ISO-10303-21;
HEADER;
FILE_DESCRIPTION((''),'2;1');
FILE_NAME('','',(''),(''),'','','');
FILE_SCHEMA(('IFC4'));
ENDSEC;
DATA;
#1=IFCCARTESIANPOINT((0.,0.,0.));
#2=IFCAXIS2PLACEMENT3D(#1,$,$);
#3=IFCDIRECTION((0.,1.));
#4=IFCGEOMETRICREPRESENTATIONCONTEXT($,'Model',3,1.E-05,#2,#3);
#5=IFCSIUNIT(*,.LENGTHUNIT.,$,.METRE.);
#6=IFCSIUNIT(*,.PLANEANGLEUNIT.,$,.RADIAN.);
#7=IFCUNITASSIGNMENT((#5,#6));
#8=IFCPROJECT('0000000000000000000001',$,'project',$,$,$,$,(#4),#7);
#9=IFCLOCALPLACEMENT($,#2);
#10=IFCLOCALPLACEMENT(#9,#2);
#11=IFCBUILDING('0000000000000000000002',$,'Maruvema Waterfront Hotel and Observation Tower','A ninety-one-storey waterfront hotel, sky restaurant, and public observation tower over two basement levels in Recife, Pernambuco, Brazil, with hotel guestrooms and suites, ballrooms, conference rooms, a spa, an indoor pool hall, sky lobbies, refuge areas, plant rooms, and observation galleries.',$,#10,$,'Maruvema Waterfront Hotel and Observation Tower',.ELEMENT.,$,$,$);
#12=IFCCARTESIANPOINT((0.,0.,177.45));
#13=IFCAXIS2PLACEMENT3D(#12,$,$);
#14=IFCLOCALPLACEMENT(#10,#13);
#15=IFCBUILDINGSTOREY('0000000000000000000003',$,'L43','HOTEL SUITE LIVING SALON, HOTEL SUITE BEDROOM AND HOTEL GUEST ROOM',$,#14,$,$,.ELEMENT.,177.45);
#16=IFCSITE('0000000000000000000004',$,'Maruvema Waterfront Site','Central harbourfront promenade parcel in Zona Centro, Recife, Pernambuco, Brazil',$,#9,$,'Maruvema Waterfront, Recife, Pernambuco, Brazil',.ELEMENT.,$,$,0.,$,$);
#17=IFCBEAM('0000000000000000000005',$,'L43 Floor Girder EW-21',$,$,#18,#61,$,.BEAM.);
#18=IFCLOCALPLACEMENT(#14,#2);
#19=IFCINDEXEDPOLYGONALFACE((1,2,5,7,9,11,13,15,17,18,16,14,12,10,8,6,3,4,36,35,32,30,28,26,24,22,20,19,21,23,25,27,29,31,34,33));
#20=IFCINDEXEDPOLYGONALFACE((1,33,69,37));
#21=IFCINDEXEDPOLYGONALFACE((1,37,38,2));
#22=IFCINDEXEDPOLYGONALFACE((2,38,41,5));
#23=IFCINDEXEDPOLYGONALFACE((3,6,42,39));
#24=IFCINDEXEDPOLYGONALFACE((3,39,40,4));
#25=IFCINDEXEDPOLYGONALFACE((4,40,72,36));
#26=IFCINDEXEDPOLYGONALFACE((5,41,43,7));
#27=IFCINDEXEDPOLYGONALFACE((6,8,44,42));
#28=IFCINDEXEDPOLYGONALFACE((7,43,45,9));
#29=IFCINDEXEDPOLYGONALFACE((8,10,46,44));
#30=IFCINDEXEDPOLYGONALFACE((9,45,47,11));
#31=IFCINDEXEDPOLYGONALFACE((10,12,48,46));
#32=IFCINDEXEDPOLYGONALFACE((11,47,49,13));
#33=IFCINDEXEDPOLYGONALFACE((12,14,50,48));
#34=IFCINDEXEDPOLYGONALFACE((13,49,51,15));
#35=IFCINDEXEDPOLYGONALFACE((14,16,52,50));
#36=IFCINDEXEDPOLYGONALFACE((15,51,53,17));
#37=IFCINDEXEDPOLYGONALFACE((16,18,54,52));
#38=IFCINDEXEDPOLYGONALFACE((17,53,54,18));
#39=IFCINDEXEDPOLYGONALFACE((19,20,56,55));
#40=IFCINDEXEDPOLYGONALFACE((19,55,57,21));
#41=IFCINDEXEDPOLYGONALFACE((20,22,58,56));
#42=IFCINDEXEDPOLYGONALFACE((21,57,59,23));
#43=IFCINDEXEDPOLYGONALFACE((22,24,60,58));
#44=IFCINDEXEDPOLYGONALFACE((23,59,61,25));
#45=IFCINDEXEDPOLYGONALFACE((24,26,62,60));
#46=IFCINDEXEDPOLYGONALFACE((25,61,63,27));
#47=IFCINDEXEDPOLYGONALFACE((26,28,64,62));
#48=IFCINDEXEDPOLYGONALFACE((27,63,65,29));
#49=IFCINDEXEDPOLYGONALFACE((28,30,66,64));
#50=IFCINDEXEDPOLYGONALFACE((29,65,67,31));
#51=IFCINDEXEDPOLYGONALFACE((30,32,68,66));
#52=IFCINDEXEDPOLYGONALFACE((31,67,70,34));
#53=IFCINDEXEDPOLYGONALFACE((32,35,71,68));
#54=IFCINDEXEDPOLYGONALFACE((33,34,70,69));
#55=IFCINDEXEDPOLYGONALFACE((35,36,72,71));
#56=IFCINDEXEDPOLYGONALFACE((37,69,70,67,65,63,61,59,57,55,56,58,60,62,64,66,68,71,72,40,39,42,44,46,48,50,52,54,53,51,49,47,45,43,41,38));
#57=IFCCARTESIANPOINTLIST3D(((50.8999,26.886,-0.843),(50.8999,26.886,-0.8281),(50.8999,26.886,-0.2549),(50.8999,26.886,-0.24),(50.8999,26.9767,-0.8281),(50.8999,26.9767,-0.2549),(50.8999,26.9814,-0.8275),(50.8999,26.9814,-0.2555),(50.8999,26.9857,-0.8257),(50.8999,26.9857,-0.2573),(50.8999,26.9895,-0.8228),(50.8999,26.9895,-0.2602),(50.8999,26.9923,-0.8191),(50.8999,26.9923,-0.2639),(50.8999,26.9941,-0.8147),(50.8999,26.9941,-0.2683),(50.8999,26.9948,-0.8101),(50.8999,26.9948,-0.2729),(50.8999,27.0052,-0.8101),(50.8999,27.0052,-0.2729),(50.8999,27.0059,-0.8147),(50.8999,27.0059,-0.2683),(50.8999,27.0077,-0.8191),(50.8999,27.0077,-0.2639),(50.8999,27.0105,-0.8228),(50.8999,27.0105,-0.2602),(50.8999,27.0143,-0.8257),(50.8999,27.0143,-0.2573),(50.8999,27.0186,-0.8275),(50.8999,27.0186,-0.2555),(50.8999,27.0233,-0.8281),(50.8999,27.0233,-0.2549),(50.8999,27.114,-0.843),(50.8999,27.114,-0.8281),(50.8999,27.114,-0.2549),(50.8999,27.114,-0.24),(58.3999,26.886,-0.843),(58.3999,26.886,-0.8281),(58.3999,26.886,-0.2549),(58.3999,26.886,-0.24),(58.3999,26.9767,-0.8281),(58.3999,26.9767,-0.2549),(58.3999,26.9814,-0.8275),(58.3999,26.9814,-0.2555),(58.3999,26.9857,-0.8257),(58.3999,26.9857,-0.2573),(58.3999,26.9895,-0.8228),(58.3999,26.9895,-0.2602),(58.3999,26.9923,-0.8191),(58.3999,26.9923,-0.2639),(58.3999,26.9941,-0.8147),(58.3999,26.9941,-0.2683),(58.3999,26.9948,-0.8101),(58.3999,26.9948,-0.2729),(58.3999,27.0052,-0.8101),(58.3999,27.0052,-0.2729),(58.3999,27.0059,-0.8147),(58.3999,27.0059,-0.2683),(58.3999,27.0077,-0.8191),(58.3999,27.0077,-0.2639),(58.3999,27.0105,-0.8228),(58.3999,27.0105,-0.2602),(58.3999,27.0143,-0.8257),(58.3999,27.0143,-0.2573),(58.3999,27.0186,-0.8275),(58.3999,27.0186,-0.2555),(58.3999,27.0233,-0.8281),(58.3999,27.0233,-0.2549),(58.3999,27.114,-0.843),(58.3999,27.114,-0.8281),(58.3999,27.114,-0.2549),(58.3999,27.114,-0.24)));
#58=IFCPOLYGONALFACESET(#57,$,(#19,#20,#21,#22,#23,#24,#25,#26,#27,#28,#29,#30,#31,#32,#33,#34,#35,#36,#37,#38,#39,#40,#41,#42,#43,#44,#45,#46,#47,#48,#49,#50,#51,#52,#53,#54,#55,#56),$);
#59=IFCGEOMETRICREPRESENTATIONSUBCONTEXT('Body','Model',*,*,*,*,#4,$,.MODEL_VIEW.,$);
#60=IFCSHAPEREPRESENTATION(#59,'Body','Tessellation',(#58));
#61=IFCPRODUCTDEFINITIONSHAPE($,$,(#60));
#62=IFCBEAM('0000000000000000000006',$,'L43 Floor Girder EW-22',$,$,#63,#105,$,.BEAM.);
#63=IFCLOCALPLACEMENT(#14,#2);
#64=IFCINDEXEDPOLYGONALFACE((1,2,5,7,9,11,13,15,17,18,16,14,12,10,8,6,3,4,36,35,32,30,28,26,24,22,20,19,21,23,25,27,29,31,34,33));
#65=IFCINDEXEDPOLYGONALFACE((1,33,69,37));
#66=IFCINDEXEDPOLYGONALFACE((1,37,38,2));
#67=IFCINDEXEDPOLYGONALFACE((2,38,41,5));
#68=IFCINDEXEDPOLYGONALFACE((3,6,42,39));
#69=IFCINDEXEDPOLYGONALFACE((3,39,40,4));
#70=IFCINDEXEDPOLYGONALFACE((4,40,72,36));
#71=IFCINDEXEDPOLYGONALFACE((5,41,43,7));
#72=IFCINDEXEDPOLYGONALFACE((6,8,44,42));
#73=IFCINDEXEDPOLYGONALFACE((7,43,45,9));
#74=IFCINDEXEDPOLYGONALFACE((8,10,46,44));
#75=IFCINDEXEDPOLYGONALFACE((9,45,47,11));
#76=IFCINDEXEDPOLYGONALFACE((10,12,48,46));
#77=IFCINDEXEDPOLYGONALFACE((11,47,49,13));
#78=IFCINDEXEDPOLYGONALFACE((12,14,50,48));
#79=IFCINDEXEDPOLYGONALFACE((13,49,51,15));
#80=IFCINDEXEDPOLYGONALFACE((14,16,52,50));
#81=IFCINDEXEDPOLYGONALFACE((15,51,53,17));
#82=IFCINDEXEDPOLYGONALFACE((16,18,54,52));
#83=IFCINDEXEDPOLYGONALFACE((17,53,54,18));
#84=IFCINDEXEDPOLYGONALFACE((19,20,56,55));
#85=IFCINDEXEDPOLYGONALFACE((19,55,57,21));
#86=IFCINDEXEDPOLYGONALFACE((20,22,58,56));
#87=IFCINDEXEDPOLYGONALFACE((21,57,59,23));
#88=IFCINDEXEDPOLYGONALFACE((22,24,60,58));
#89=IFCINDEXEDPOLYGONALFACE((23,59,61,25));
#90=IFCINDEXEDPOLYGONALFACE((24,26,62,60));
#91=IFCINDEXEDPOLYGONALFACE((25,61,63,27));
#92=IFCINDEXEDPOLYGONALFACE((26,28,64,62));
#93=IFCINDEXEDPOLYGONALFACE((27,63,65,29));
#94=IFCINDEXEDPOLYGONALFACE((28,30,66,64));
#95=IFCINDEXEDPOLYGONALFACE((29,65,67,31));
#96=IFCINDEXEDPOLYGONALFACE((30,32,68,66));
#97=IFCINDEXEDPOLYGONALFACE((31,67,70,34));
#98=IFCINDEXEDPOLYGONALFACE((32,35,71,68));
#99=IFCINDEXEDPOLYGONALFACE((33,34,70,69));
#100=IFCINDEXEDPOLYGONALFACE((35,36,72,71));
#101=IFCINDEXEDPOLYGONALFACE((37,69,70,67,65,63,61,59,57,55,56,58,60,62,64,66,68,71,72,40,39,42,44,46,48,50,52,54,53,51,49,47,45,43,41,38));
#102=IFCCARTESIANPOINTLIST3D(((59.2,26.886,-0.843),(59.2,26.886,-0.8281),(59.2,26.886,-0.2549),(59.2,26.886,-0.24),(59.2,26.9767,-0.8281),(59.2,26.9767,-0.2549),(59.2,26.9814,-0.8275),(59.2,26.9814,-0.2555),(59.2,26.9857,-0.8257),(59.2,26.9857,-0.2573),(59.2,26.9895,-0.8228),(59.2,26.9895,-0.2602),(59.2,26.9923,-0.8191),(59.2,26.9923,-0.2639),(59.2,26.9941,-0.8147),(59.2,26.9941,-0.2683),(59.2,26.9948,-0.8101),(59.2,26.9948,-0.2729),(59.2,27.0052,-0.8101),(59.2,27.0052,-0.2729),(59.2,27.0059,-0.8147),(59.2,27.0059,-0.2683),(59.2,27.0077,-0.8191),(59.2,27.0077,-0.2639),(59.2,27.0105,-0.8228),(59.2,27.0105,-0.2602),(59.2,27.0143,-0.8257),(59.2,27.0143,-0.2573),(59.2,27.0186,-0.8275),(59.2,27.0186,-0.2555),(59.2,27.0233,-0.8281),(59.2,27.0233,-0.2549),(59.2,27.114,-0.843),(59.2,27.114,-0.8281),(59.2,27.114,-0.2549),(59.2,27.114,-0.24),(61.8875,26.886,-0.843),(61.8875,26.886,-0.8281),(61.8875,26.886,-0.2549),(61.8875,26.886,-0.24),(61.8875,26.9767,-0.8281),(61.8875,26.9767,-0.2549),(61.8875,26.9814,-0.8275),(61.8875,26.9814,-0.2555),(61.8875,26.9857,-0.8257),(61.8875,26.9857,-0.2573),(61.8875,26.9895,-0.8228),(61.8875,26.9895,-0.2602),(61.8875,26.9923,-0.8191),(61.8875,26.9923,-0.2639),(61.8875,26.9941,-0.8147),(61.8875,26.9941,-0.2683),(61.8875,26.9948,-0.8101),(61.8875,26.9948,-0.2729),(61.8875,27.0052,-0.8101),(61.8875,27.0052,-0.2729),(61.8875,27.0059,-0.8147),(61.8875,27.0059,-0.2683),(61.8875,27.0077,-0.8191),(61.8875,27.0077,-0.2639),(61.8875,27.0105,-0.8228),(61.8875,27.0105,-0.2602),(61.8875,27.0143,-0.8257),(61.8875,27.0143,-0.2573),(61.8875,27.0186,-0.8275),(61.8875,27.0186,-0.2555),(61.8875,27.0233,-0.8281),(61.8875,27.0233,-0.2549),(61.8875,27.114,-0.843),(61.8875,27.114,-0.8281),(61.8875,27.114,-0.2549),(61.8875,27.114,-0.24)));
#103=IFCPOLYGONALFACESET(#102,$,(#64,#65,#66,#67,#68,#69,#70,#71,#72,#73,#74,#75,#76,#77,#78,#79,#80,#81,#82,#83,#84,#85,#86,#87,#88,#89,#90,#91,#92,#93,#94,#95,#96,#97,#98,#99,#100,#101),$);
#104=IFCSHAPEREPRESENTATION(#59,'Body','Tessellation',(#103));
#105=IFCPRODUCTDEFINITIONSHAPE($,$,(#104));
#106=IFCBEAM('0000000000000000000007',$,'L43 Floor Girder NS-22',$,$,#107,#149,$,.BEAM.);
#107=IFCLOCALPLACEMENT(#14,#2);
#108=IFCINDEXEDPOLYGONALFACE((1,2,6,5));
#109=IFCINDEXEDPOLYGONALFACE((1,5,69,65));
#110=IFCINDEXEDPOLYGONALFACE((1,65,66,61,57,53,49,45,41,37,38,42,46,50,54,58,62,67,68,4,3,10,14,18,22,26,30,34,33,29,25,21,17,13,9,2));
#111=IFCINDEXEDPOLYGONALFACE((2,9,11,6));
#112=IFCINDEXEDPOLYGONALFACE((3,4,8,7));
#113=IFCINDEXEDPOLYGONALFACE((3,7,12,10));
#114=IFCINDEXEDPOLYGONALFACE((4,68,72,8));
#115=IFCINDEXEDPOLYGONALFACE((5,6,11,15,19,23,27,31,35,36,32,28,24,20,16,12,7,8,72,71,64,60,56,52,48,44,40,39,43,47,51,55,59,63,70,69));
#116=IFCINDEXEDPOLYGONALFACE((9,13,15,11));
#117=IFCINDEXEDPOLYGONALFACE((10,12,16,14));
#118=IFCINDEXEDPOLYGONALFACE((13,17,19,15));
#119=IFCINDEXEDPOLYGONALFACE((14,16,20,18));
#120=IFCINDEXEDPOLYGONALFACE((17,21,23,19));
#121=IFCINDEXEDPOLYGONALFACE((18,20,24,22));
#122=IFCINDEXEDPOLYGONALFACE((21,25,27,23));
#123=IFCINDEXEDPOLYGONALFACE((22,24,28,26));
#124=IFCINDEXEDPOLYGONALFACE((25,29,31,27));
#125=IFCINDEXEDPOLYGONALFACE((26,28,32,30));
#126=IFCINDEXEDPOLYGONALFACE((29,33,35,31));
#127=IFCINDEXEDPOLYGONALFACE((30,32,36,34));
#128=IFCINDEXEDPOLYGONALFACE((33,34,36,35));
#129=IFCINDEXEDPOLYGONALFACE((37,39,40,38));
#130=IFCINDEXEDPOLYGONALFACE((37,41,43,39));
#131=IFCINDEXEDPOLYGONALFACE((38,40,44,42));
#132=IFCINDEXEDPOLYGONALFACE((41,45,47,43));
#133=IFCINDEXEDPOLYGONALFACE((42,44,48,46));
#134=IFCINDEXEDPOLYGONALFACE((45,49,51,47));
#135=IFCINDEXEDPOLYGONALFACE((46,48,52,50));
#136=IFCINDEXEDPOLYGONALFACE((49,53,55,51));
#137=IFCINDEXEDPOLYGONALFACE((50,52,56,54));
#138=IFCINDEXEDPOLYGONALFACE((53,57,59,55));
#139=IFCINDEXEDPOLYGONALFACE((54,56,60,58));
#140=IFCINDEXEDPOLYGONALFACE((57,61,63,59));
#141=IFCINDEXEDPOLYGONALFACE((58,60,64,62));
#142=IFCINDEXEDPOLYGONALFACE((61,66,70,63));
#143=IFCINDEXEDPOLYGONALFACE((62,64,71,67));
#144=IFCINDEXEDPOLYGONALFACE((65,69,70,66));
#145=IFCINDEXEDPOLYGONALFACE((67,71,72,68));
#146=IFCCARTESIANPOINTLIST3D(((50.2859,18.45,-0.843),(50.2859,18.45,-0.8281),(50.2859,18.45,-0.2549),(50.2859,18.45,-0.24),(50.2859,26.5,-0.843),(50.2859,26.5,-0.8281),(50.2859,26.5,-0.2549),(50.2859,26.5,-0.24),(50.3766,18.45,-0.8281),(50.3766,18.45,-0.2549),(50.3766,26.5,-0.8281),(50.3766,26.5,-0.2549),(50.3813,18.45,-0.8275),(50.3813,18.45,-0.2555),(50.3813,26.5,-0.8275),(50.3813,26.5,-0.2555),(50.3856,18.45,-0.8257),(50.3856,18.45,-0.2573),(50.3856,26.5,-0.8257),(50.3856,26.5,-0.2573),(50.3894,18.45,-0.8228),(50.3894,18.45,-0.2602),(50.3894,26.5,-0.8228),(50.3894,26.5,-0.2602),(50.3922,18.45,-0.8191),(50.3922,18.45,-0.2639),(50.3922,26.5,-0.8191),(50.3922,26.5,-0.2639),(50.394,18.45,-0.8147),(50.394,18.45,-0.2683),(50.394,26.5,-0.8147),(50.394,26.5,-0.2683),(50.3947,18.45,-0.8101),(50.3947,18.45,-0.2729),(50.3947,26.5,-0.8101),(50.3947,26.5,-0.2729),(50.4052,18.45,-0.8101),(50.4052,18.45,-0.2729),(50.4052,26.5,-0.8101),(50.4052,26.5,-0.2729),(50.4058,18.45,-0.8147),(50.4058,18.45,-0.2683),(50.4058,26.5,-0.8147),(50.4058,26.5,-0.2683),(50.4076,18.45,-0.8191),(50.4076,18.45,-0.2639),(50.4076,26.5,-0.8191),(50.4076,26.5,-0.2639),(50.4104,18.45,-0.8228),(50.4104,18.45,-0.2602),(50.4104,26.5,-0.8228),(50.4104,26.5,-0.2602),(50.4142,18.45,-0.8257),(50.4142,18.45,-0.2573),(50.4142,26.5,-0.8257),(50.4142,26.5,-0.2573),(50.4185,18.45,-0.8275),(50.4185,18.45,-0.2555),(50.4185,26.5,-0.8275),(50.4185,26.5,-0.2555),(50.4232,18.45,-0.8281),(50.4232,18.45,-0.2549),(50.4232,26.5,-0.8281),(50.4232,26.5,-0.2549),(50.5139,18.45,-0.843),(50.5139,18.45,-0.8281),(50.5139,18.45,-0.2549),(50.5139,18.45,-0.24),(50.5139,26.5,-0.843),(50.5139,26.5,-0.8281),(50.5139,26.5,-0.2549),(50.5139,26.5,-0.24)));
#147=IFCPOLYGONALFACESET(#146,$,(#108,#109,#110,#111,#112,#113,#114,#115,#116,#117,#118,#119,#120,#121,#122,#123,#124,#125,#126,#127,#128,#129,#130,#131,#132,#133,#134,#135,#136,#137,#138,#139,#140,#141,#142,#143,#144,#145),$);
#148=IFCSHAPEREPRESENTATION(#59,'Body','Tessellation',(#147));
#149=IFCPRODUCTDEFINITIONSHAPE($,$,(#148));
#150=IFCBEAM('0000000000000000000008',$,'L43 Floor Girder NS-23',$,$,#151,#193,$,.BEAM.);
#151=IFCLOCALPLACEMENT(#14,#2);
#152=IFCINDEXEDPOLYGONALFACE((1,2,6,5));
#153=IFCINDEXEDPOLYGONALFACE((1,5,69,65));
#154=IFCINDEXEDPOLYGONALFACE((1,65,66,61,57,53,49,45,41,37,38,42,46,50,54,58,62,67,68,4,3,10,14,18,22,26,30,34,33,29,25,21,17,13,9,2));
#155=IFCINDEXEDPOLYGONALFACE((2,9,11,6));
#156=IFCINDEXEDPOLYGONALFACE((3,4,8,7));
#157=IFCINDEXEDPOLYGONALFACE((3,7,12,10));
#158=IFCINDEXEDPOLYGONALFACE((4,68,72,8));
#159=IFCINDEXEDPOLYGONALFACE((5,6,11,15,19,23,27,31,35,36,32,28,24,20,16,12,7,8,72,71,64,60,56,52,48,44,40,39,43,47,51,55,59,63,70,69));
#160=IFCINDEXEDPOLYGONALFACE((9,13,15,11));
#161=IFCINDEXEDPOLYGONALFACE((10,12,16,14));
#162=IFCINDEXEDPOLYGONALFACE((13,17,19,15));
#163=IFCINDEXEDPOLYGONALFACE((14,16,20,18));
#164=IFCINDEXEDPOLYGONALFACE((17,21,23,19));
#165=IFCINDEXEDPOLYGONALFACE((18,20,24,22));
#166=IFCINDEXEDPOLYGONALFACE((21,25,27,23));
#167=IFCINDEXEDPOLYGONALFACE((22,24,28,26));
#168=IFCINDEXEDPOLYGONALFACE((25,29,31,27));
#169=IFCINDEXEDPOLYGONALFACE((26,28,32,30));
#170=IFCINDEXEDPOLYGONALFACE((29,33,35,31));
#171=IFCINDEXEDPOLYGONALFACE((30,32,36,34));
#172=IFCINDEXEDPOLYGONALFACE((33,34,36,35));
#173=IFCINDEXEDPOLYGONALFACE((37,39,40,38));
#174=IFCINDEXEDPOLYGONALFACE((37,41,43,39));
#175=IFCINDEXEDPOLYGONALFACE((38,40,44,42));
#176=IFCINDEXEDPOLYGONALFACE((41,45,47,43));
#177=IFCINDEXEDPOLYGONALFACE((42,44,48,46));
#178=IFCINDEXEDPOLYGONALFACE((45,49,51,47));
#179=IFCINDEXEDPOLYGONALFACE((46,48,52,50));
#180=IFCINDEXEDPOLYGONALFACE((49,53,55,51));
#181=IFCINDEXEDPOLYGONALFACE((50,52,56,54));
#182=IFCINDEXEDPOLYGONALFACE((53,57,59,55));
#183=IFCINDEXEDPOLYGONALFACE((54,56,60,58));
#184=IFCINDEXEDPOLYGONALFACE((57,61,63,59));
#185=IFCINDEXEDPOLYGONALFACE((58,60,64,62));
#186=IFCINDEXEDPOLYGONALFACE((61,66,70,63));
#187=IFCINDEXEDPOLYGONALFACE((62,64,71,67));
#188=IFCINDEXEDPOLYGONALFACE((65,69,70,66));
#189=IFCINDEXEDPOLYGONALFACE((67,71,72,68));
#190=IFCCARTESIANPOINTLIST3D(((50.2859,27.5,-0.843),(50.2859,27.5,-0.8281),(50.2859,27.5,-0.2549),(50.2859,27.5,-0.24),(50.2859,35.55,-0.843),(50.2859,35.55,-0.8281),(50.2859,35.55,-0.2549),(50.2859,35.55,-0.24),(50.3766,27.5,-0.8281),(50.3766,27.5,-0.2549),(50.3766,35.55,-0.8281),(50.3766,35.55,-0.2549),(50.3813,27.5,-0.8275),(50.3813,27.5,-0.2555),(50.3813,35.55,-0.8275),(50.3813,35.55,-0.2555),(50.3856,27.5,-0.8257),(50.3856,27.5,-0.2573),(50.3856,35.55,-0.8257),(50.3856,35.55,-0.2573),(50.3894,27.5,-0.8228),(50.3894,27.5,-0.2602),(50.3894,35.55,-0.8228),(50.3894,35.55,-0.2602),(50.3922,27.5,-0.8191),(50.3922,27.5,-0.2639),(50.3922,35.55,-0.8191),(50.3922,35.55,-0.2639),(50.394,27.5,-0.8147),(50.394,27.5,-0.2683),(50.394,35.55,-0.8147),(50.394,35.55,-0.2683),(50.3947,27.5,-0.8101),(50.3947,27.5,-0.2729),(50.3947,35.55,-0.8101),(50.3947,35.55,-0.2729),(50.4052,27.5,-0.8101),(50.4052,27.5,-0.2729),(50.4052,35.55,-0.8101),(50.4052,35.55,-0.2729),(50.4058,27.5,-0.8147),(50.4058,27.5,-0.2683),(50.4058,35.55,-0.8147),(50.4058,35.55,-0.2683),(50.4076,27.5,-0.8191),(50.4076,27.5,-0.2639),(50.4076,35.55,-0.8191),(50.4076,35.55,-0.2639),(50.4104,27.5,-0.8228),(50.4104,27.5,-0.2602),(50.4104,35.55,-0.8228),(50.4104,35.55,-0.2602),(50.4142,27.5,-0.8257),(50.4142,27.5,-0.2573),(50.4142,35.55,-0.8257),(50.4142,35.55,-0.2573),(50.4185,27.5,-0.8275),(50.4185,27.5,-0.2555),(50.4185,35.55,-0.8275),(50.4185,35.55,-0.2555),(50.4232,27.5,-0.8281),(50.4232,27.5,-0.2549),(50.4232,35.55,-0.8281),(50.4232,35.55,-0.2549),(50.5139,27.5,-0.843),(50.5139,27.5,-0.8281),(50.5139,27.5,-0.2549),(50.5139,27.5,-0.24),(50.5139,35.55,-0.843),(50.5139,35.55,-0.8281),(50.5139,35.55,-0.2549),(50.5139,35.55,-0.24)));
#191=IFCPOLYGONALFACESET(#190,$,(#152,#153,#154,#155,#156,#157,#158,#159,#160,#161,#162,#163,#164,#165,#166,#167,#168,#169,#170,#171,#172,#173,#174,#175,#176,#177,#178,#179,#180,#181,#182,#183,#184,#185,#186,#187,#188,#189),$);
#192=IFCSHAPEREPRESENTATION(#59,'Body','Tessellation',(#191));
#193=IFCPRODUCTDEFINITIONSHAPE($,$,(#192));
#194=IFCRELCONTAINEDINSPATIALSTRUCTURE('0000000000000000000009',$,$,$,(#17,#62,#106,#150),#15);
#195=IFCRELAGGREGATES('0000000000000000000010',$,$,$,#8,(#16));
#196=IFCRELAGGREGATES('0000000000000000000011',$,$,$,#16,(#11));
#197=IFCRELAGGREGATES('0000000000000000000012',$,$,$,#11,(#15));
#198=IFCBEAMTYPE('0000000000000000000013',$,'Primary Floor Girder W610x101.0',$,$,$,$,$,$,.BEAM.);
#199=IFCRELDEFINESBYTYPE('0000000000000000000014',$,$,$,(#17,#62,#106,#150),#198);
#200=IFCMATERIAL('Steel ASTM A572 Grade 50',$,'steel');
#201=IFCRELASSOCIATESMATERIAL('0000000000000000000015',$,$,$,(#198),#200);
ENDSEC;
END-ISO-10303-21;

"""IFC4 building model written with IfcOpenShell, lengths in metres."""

from ifc_helpers import new_model, si_unit, direction, frame, origin, origin_2d, place, context, subcontext, project, spatial, i_section, extrude, material, material_profile, profile_set, type_object, element, save


model = new_model("IFC4")

# Units and contexts
model_context = context("Model", 3, precision=1e-05, world=origin(), true_north=direction((0.0, 1.0)))
body_context = subcontext(model_context, "Body", "Model", "MODEL_VIEW")
ifc_project = project(units=[si_unit("LENGTHUNIT", "METRE"), si_unit("PLANEANGLEUNIT", "RADIAN")], contexts=[model_context])

# Site, building, storey
site_placement = place(None, origin())
site = spatial("IfcSite", under=ifc_project, at=site_placement, Name="Maruvema Waterfront Site", Description="Central harbourfront promenade parcel in Zona Centro, Recife, Pernambuco, Brazil", LongName="Maruvema Waterfront, Recife, Pernambuco, Brazil", CompositionType="ELEMENT", RefElevation=0.0)
building_placement = place(site_placement, origin())
building = spatial("IfcBuilding", under=site, at=building_placement, Name="Maruvema Waterfront Hotel and Observation Tower", Description="A ninety-one-storey waterfront hotel, sky restaurant, and public observation tower over two basement levels in Recife, Pernambuco, Brazil, with hotel guestrooms and suites, ballrooms, conference rooms, a spa, an indoor pool hall, sky lobbies, refuge areas, plant rooms, and observation galleries.", LongName="Maruvema Waterfront Hotel and Observation Tower", CompositionType="ELEMENT")
storey_placement = place(building_placement, frame((0.0, 0.0, 177.45)))
storey = spatial("IfcBuildingStorey", under=building, at=storey_placement, Name="L43", Description="HOTEL SUITE LIVING SALON, HOTEL SUITE BEDROOM AND HOTEL GUEST ROOM", CompositionType="ELEMENT", Elevation=177.45)

# Beams
ifc_material_1 = material(Name="Steel ASTM A572 Grade 50", Category="steel")
ifc_material_profile_1 = material_profile(ifc_material_1, i_section(OverallWidth=0.228, OverallDepth=0.603, WebThickness=0.0105, FlangeThickness=0.0149, FilletRadius=0.0181, at=origin_2d()), Name="W610x101.0")
ifc_profile_set_1 = profile_set([ifc_material_profile_1], Name="Steel ASTM A572 Grade 50")
beam_type_1 = type_object("IfcBeamType", Name="Primary Floor Girder W610x101.0", PredefinedType="BEAM", material=ifc_profile_set_1)
beam_1_placement = place(storey_placement, frame((50.8999, 27.0, -0.5415), z_axis=(1.0, 0.0, 0.0), x_axis=(0.0, 1.0, 0.0)))
element("IfcBeam", 1, at=beam_1_placement, inside=storey, type_object=beam_type_1, Name="L43 Floor Girder EW-21", PredefinedType="BEAM", context=body_context, shape_type="SweptSolid", body=[
    extrude(i_section(OverallWidth=0.228, OverallDepth=0.603, WebThickness=0.0105, FlangeThickness=0.0149, FilletRadius=0.0181, at=origin_2d()), origin(), (0.0, 0.0, 1.0), 7.5),
])
beam_2_placement = place(storey_placement, frame((59.2, 27.0, -0.5415), z_axis=(1.0, 0.0, 0.0), x_axis=(0.0, 1.0, 0.0)))
element("IfcBeam", 2, at=beam_2_placement, inside=storey, type_object=beam_type_1, Name="L43 Floor Girder EW-22", PredefinedType="BEAM", context=body_context, shape_type="SweptSolid", body=[
    extrude(i_section(OverallWidth=0.228, OverallDepth=0.603, WebThickness=0.0105, FlangeThickness=0.0149, FilletRadius=0.0181, at=origin_2d()), origin(), (0.0, 0.0, 1.0), 2.6875),
])
for number, where, z_axis, x_axis, name in (
    (3, (50.3999, 18.45, -0.5415), (0.0, 1.0, 0.0), (-1.0, 0.0, 0.0), "L43 Floor Girder NS-22"),
    (4, (50.3999, 27.5, -0.5415), (0.0, 1.0, 0.0), (-1.0, 0.0, 0.0), "L43 Floor Girder NS-23"),
):
    element("IfcBeam", number, at=place(storey_placement, frame(where, z_axis=z_axis, x_axis=x_axis)), inside=storey, type_object=beam_type_1, Name=name, PredefinedType="BEAM", context=body_context, shape_type="SweptSolid", body=[
        extrude(i_section(OverallWidth=0.228, OverallDepth=0.603, WebThickness=0.0105, FlangeThickness=0.0149, FilletRadius=0.0181, at=origin_2d()), origin(), (0.0, 0.0, 1.0), 8.05),
    ])

save(model, "model.ifc")
